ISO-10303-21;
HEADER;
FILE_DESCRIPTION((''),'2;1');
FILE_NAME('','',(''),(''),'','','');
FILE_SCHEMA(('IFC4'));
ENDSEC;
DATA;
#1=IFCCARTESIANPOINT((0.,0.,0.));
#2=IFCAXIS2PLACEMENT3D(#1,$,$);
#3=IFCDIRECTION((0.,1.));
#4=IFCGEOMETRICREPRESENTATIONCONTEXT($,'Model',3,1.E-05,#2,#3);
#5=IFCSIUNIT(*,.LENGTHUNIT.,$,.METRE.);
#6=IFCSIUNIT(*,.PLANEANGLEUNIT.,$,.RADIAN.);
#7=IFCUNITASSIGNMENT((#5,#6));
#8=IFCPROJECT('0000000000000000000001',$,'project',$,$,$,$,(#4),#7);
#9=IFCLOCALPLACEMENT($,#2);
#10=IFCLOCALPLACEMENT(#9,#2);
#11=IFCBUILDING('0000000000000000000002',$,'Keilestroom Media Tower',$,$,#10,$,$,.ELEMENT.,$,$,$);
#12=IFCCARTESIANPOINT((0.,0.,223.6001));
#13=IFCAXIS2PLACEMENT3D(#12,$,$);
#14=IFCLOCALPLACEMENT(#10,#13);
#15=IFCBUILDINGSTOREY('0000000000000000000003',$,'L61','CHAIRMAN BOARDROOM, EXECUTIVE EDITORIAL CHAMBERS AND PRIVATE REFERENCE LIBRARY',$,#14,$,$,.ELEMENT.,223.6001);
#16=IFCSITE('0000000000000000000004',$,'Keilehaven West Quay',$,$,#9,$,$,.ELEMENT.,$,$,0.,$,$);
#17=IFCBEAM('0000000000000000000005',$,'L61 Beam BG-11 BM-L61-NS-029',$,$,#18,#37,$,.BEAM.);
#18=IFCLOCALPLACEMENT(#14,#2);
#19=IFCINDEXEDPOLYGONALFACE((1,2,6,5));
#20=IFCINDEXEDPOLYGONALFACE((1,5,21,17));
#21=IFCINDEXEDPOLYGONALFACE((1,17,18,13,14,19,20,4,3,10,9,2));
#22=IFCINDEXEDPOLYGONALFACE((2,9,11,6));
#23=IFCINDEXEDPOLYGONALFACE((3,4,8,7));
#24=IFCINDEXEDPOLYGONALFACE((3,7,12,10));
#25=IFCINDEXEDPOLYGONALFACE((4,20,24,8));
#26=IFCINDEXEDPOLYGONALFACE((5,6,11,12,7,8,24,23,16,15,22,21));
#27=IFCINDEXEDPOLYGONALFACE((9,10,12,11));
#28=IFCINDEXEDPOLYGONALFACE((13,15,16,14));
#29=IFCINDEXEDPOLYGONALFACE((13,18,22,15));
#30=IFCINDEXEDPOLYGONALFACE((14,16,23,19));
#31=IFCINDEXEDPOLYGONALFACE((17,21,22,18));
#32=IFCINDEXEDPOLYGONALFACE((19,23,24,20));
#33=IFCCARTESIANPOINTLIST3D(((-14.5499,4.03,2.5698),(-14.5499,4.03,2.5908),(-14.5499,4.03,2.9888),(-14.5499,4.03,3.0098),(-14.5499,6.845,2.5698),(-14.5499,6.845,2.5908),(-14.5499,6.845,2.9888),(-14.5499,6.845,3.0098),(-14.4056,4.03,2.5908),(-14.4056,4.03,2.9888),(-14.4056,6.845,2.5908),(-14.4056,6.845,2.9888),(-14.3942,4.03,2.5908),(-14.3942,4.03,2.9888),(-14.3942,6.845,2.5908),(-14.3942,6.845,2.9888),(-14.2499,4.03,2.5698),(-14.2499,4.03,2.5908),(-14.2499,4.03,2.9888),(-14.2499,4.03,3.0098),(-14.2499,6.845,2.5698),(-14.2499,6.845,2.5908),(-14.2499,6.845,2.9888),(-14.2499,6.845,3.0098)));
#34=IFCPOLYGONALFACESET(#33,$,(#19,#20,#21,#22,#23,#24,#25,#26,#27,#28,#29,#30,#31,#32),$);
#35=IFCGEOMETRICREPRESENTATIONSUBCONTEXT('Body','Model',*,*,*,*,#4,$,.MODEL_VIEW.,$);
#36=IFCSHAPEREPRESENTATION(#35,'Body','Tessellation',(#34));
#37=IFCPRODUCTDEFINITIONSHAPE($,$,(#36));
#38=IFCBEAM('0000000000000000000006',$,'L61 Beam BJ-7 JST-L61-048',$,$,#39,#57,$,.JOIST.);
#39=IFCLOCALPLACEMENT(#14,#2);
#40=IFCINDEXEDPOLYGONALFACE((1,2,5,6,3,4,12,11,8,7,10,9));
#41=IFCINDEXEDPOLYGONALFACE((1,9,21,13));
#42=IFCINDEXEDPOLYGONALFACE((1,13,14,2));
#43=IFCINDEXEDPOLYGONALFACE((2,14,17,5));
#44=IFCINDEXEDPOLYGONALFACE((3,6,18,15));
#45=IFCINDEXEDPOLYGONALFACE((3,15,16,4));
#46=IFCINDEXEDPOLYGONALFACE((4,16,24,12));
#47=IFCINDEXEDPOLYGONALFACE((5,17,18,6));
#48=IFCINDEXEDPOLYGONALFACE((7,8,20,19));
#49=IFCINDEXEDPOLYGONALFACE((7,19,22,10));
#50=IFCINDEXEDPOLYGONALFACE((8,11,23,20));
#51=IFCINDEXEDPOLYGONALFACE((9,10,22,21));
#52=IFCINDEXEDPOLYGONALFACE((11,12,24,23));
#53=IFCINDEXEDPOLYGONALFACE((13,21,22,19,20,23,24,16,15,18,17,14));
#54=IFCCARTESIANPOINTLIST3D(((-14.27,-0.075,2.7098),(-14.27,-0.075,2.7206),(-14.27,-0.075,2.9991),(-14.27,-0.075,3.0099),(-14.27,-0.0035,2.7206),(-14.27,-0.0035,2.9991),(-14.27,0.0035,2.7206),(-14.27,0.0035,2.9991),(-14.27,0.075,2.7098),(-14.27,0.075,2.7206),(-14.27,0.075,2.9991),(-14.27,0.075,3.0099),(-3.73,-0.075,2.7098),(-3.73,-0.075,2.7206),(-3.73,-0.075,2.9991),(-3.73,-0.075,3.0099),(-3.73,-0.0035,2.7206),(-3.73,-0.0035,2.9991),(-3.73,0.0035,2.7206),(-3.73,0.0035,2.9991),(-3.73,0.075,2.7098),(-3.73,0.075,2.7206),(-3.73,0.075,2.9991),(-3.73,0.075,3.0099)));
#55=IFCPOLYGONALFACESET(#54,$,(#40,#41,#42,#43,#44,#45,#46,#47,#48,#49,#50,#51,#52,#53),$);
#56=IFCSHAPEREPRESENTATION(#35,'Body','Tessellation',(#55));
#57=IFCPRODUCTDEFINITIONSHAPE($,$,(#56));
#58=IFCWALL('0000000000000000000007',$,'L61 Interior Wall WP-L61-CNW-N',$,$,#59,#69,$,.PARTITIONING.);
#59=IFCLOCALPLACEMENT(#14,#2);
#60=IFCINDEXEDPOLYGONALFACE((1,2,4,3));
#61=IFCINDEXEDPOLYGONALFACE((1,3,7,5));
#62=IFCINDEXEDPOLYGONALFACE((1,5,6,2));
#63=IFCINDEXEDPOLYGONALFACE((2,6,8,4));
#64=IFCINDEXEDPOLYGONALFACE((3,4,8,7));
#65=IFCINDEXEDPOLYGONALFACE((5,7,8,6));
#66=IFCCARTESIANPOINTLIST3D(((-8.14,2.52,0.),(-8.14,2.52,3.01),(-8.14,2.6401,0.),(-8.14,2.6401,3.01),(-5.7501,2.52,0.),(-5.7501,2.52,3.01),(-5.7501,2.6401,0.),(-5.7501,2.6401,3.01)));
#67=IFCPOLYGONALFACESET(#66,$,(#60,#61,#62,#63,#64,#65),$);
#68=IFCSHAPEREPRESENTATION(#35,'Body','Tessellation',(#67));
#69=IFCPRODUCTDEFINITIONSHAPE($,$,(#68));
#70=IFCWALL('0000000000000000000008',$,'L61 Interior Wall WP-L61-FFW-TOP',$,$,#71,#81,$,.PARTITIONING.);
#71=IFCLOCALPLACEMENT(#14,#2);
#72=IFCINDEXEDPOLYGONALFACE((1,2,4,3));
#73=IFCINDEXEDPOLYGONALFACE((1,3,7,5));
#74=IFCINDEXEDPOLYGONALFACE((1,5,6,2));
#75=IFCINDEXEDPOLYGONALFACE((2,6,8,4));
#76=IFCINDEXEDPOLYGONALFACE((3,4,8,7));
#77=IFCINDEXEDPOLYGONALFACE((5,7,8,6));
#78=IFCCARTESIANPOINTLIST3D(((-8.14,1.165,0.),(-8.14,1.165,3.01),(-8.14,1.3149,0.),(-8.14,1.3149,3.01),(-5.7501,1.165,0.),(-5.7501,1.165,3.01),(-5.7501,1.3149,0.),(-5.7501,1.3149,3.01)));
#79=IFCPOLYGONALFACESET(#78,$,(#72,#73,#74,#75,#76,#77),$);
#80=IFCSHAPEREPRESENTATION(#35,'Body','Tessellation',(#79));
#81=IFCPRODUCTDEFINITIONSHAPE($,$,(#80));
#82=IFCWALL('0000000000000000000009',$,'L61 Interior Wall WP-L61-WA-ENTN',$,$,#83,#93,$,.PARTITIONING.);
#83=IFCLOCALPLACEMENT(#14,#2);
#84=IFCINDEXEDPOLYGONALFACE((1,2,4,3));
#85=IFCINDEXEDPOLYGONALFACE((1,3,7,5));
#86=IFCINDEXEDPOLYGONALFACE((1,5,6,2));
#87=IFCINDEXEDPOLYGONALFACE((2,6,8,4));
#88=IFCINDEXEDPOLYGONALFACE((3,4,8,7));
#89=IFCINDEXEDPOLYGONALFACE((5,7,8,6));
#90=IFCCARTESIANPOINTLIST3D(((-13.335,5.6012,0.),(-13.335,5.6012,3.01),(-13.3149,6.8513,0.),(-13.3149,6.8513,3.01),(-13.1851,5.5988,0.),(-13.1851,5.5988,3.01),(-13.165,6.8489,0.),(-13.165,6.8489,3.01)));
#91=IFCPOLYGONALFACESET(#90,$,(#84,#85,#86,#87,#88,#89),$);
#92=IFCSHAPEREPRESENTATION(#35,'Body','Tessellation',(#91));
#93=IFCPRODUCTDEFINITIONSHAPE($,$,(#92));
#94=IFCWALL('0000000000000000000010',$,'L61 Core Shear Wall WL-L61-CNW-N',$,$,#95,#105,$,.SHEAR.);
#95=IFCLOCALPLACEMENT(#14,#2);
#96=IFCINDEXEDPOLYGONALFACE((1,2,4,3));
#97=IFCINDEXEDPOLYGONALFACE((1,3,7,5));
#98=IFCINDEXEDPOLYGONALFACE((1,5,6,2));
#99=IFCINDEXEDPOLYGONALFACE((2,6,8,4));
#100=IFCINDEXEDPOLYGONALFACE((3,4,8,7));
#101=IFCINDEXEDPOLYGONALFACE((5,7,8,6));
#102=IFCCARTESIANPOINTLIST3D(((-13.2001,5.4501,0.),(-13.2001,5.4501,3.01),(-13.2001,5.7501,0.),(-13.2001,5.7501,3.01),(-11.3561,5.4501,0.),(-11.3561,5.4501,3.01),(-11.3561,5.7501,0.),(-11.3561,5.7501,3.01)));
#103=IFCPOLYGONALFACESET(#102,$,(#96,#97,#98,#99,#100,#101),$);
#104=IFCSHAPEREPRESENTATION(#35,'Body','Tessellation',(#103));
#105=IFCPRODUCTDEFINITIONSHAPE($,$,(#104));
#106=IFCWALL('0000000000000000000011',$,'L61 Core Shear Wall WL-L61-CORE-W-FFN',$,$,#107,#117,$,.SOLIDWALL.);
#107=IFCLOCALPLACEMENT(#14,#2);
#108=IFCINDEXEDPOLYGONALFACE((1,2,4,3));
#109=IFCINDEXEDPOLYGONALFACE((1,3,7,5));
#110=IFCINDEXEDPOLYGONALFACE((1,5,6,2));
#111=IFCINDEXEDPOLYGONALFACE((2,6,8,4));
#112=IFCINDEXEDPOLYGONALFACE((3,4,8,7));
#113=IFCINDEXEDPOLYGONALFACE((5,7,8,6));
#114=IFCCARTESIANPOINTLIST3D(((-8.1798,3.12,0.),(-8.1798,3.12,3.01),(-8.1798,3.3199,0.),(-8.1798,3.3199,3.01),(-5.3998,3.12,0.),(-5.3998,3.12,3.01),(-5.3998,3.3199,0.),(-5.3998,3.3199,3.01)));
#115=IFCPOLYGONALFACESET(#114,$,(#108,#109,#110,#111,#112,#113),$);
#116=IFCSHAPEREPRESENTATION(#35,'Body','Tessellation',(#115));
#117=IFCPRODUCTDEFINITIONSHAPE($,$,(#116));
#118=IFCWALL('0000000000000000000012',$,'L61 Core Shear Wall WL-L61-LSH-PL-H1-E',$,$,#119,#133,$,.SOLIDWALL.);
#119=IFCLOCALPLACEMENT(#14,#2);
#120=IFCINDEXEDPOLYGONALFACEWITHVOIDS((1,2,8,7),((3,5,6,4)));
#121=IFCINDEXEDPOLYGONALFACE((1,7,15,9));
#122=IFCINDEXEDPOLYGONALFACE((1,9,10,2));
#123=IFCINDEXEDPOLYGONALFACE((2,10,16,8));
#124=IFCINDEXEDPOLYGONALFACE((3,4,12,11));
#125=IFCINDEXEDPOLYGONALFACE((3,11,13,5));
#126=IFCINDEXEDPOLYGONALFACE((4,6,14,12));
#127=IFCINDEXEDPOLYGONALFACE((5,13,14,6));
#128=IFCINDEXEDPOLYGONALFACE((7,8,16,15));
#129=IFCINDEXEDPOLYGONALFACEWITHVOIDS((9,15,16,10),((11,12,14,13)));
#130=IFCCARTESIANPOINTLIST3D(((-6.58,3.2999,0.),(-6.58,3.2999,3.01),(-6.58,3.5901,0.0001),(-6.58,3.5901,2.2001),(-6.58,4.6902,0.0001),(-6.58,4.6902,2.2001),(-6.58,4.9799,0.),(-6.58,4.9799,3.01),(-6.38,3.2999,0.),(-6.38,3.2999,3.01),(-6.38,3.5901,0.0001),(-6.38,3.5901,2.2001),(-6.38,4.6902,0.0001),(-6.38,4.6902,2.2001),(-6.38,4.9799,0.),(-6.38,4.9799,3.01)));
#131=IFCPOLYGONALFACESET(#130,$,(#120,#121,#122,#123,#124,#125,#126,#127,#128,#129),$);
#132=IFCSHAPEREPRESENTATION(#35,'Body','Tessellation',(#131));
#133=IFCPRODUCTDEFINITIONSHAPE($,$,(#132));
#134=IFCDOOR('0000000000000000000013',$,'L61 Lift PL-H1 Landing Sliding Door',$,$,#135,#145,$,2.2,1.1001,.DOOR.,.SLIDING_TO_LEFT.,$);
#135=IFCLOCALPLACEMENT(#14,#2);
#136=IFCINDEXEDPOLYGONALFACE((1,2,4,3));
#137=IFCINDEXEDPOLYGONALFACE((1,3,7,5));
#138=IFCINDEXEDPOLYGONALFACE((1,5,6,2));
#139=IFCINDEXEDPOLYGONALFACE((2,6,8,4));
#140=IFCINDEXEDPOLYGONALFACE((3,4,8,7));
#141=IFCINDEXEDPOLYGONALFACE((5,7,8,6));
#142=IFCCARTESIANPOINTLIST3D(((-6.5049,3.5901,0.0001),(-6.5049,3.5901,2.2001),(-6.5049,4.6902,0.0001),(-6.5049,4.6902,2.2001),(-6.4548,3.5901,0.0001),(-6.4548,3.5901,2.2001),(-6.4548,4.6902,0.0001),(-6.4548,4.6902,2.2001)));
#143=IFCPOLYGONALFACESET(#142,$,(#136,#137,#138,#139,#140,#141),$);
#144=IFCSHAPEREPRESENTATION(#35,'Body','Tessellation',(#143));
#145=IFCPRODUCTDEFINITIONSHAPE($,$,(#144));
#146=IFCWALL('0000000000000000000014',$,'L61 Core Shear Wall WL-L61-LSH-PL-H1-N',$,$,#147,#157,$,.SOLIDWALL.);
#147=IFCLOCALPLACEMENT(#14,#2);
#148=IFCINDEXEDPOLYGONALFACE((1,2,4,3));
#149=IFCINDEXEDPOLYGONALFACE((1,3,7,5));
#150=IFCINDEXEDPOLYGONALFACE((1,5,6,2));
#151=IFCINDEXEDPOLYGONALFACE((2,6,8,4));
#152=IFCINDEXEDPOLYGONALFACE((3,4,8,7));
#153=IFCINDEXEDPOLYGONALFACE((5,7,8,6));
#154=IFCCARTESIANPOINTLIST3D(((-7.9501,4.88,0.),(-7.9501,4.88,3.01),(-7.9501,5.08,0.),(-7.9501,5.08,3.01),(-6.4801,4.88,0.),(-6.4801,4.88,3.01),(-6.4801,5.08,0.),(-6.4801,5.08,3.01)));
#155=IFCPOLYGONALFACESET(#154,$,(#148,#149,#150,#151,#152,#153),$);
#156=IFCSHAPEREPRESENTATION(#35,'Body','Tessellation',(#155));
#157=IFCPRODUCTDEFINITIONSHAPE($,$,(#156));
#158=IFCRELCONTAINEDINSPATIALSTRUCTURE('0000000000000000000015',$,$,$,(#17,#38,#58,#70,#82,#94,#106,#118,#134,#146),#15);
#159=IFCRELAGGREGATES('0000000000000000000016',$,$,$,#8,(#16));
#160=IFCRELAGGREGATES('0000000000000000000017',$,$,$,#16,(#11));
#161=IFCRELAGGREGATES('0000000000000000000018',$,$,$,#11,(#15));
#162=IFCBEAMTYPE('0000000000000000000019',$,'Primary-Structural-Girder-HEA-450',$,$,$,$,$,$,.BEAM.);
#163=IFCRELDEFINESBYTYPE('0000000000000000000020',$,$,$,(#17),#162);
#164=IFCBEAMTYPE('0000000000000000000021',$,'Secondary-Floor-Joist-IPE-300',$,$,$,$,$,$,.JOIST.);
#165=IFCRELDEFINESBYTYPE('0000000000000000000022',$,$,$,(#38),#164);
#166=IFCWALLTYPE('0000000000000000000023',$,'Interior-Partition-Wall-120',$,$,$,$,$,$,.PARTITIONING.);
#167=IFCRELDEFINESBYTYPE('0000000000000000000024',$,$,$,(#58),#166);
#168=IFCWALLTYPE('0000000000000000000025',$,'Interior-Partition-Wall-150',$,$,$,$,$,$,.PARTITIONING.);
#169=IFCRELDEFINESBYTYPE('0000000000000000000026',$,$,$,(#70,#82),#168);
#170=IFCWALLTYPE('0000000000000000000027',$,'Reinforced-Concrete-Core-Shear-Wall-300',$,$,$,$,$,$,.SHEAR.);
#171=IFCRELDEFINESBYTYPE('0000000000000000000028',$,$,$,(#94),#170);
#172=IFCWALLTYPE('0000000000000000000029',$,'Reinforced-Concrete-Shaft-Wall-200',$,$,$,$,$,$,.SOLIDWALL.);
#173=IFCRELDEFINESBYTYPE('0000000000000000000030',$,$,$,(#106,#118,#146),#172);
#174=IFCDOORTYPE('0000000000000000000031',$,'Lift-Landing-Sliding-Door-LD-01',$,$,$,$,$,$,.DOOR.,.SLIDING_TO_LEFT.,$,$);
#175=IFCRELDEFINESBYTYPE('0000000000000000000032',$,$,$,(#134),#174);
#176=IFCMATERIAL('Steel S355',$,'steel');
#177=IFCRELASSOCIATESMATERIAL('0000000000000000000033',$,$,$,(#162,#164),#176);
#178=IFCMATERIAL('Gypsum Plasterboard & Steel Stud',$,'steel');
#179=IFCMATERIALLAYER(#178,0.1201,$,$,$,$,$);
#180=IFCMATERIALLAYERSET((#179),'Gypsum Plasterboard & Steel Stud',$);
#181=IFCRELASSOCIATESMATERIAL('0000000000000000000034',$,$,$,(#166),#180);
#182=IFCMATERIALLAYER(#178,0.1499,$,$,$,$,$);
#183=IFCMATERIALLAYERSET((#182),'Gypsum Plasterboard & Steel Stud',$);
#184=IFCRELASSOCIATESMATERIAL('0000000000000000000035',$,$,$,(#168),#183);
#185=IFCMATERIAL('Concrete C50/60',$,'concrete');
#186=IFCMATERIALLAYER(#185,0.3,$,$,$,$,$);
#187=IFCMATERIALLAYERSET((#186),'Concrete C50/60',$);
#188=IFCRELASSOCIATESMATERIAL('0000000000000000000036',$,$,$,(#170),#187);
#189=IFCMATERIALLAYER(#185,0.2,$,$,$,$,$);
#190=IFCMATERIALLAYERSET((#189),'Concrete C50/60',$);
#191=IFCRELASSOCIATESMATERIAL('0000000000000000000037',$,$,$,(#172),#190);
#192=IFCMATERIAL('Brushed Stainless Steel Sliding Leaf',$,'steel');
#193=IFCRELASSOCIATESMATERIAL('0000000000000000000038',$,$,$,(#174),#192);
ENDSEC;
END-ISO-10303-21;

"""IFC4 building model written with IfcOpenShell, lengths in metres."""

from ifc_helpers import new_model, si_unit, direction, frame, frame_2d, origin, origin_2d, place, context, subcontext, project, spatial, rectangle, i_section, extrude, source, transform, mapped, material, layer, layer_set, material_profile, profile_set, type_object, element, fill, save


model = new_model("IFC4")

# Units and contexts
model_context = context("Model", 3, precision=1e-05, world=origin(), true_north=direction((0.0, 1.0)))
body_context = subcontext(model_context, "Body", "Model", "MODEL_VIEW")
ifc_project = project(units=[si_unit("LENGTHUNIT", "METRE"), si_unit("PLANEANGLEUNIT", "RADIAN")], contexts=[model_context])

# Site, building, storey
site_placement = place(None, origin())
site = spatial("IfcSite", under=ifc_project, at=site_placement, Name="Keilehaven West Quay", CompositionType="ELEMENT", RefElevation=0.0)
building_placement = place(site_placement, origin())
building = spatial("IfcBuilding", under=site, at=building_placement, Name="Keilestroom Media Tower", CompositionType="ELEMENT")
storey_placement = place(building_placement, frame((0.0, 0.0, 223.6001)))
storey = spatial("IfcBuildingStorey", under=building, at=storey_placement, Name="L61", Description="CHAIRMAN BOARDROOM, EXECUTIVE EDITORIAL CHAMBERS AND PRIVATE REFERENCE LIBRARY", CompositionType="ELEMENT", Elevation=223.6001)

# Beams
ifc_material_1 = material(Name="Steel S355", Category="steel")
ifc_material_profile_1 = material_profile(ifc_material_1, i_section(OverallWidth=0.3, OverallDepth=0.4399, WebThickness=0.0115, FlangeThickness=0.021, at=origin_2d()), Name="HEA 450")
ifc_profile_set_1 = profile_set([ifc_material_profile_1], Name="Steel S355")
beam_type_1 = type_object("IfcBeamType", Name="Primary-Structural-Girder-HEA-450", PredefinedType="BEAM", material=ifc_profile_set_1)
shared_shape_1 = source(origin(), body_context, "Body", "SweptSolid", [
    extrude(i_section(OverallWidth=0.3, OverallDepth=0.4399, WebThickness=0.0115, FlangeThickness=0.021, at=origin_2d()), origin(), (0.0, 0.0, 1.0), 2.8149),
])
beam_1_placement = place(storey_placement, frame((-14.3999, 4.03, 2.7898), z_axis=(0.0, 1.0, 0.0), x_axis=(-1.0, 0.0, 0.0)))
element("IfcBeam", 1, at=beam_1_placement, inside=storey, type_object=beam_type_1, Name="L61 Beam BG-11 BM-L61-NS-029", PredefinedType="BEAM", context=body_context, shape_type="MappedRepresentation", body=[
    mapped(shared_shape_1, transform((0.0, 0.0, 0.0), x_axis=(1.0, 0.0, 0.0), y_axis=(0.0, 1.0, 0.0), z_axis=(0.0, 0.0, 1.0), scale=1.0)),
])
ifc_material_profile_2 = material_profile(ifc_material_1, i_section(OverallWidth=0.1499, OverallDepth=0.3, WebThickness=0.0071, FlangeThickness=0.0107, at=origin_2d()), Name="IPE 300")
ifc_profile_set_2 = profile_set([ifc_material_profile_2], Name="Steel S355")
beam_type_2 = type_object("IfcBeamType", Name="Secondary-Floor-Joist-IPE-300", PredefinedType="JOIST", material=ifc_profile_set_2)
shared_shape_2 = source(origin(), body_context, "Body", "SweptSolid", [
    extrude(i_section(OverallWidth=0.1499, OverallDepth=0.3, WebThickness=0.0071, FlangeThickness=0.0107, at=origin_2d()), origin(), (0.0, 0.0, 1.0), 10.54),
])
beam_2_placement = place(storey_placement, frame((-14.27, 0.0, 2.8599), z_axis=(1.0, 0.0, 0.0), x_axis=(0.0, 1.0, 0.0)))
element("IfcBeam", 2, at=beam_2_placement, inside=storey, type_object=beam_type_2, Name="L61 Beam BJ-7 JST-L61-048", PredefinedType="JOIST", context=body_context, shape_type="MappedRepresentation", body=[
    mapped(shared_shape_2, transform((0.0, 0.0, 0.0), x_axis=(1.0, 0.0, 0.0), y_axis=(0.0, 1.0, 0.0), z_axis=(0.0, 0.0, 1.0), scale=1.0)),
])

# Walls
ifc_material_2 = material(Name="Gypsum Plasterboard & Steel Stud", Category="steel")
ifc_layer_1 = layer(ifc_material_2, 0.1201)
ifc_layer_set_1 = layer_set([ifc_layer_1], Name="Gypsum Plasterboard & Steel Stud")
wall_type_1 = type_object("IfcWallType", Name="Interior-Partition-Wall-120", PredefinedType="PARTITIONING", material=ifc_layer_set_1)
wall_1_placement = place(storey_placement, frame((-8.1399, 2.5801, 0.0), z_axis=(0.0, 0.0, 1.0), x_axis=(1.0, 0.0, 0.0)))
element("IfcWall", 3, at=wall_1_placement, inside=storey, type_object=wall_type_1, Name="L61 Interior Wall WP-L61-CNW-N", PredefinedType="PARTITIONING", context=body_context, shape_type="SweptSolid", body=[
    extrude(rectangle(XDim=2.3899, YDim=0.1201, at=frame_2d((1.1948, 0.0))), origin(), (0.0, 0.0, 1.0), 3.01),
])
ifc_layer_2 = layer(ifc_material_2, 0.1499)
ifc_layer_set_2 = layer_set([ifc_layer_2], Name="Gypsum Plasterboard & Steel Stud")
wall_type_2 = type_object("IfcWallType", Name="Interior-Partition-Wall-150", PredefinedType="PARTITIONING", material=ifc_layer_set_2)
wall_2_placement = place(storey_placement, frame((-8.1399, 1.24, 0.0), z_axis=(0.0, 0.0, 1.0), x_axis=(1.0, 0.0, 0.0)))
element("IfcWall", 4, at=wall_2_placement, inside=storey, type_object=wall_type_2, Name="L61 Interior Wall WP-L61-FFW-TOP", PredefinedType="PARTITIONING", context=body_context, shape_type="SweptSolid", body=[
    extrude(rectangle(XDim=2.3899, YDim=0.1499, at=frame_2d((1.1948, 0.0))), origin(), (0.0, 0.0, 1.0), 3.01),
])
wall_3_placement = place(storey_placement, frame((-13.26, 5.6001, 0.0), z_axis=(0.0, 0.0, 1.0), x_axis=(0.016014, 0.999872, 0.0)))
element("IfcWall", 5, at=wall_3_placement, inside=storey, type_object=wall_type_2, Name="L61 Interior Wall WP-L61-WA-ENTN", PredefinedType="PARTITIONING", context=body_context, shape_type="SweptSolid", body=[
    extrude(rectangle(XDim=1.2502, YDim=0.1499, at=frame_2d((0.625, 0.0))), origin(), (0.0, 0.0, 1.0), 3.01),
])
ifc_material_3 = material(Name="Concrete C50/60", Category="concrete")
ifc_layer_3 = layer(ifc_material_3, 0.3)
ifc_layer_set_3 = layer_set([ifc_layer_3], Name="Concrete C50/60")
wall_type_3 = type_object("IfcWallType", Name="Reinforced-Concrete-Core-Shear-Wall-300", PredefinedType="SHEAR", material=ifc_layer_set_3)
wall_4_placement = place(storey_placement, frame((-13.2, 5.6001, 0.0), z_axis=(0.0, 0.0, 1.0), x_axis=(1.0, 0.0, 0.0)))
element("IfcWall", 6, at=wall_4_placement, inside=storey, type_object=wall_type_3, Name="L61 Core Shear Wall WL-L61-CNW-N", PredefinedType="SHEAR", context=body_context, shape_type="SweptSolid", body=[
    extrude(rectangle(XDim=1.844, YDim=0.3, at=frame_2d((0.9219, 0.0))), origin(), (0.0, 0.0, 1.0), 3.01),
])
ifc_layer_4 = layer(ifc_material_3, 0.2)
ifc_layer_set_4 = layer_set([ifc_layer_4], Name="Concrete C50/60")
wall_type_4 = type_object("IfcWallType", Name="Reinforced-Concrete-Shaft-Wall-200", PredefinedType="SOLIDWALL", material=ifc_layer_set_4)
wall_5_placement = place(storey_placement, frame((-8.1799, 3.22, 0.0), z_axis=(0.0, 0.0, 1.0), x_axis=(1.0, 0.0, 0.0)))
element("IfcWall", 7, at=wall_5_placement, inside=storey, type_object=wall_type_4, Name="L61 Core Shear Wall WL-L61-CORE-W-FFN", PredefinedType="SOLIDWALL", context=body_context, shape_type="SweptSolid", body=[
    extrude(rectangle(XDim=2.78, YDim=0.2, at=frame_2d((1.3901, 0.0))), origin(), (0.0, 0.0, 1.0), 3.01),
])

# Wall, opening, door
wall_6_placement = place(storey_placement, frame((-6.48, 3.3, 0.0), z_axis=(0.0, 0.0, 1.0), x_axis=(0.0, 1.0, 0.0)))
wall_6 = element("IfcWall", 8, at=wall_6_placement, inside=storey, type_object=wall_type_4, Name="L61 Core Shear Wall WL-L61-LSH-PL-H1-E", PredefinedType="SOLIDWALL", context=body_context, shape_type="SweptSolid", body=[
    extrude(rectangle(XDim=1.6799, YDim=0.2, at=frame_2d((0.8398, 0.0))), origin(), (0.0, 0.0, 1.0), 3.01),
])
opening_1_placement = place(wall_6_placement, frame((0.29, 0.0, 0.0)))
opening_1 = element("IfcOpeningElement", 9, at=opening_1_placement, cuts=wall_6, PredefinedType="OPENING", context=body_context, shape_type="SweptSolid", body=[
    extrude(rectangle(XDim=1.1001, YDim=2.2, at=frame_2d((0.55, 1.1001))), frame((0.0, 0.1099, 0.0), z_axis=(0.0, -1.0, 0.0), x_axis=(1.0, 0.0, 0.0)), (0.0, 0.0, 1.0), 0.22),
])
ifc_material_4 = material(Name="Brushed Stainless Steel Sliding Leaf", Category="steel")
door_type = type_object("IfcDoorType", Name="Lift-Landing-Sliding-Door-LD-01", OperationType="SLIDING_TO_LEFT", PredefinedType="DOOR", material=ifc_material_4)
shared_shape_3 = source(origin(), body_context, "Body", "SweptSolid", [
    extrude(rectangle(XDim=1.1001, YDim=2.2, at=frame_2d((0.55, 1.1001))), frame((0.0, 0.0249, 0.0), z_axis=(0.0, -1.0, 0.0), x_axis=(1.0, 0.0, 0.0)), (0.0, 0.0, 1.0), 0.05),
])
door_1_placement = place(opening_1_placement, origin())
door_1 = element("IfcDoor", 10, at=door_1_placement, inside=storey, type_object=door_type, Name="L61 Lift PL-H1 Landing Sliding Door", OperationType="SLIDING_TO_LEFT", OverallHeight=2.2, OverallWidth=1.1001, PredefinedType="DOOR", context=body_context, shape_type="MappedRepresentation", body=[
    mapped(shared_shape_3, transform((0.0, 0.0, 0.0), x_axis=(1.0, 0.0, 0.0), y_axis=(0.0, 1.0, 0.0), z_axis=(0.0, 0.0, 1.0), scale=1.0)),
])
fill(opening_1, door_1)

# Wall
wall_7_placement = place(storey_placement, frame((-7.95, 4.98, 0.0), z_axis=(0.0, 0.0, 1.0), x_axis=(1.0, 0.0, 0.0)))
element("IfcWall", 11, at=wall_7_placement, inside=storey, type_object=wall_type_4, Name="L61 Core Shear Wall WL-L61-LSH-PL-H1-N", PredefinedType="SOLIDWALL", context=body_context, shape_type="SweptSolid", body=[
    extrude(rectangle(XDim=1.47, YDim=0.2, at=frame_2d((0.7349, 0.0))), origin(), (0.0, 0.0, 1.0), 3.01),
])

save(model, "model.ifc")
